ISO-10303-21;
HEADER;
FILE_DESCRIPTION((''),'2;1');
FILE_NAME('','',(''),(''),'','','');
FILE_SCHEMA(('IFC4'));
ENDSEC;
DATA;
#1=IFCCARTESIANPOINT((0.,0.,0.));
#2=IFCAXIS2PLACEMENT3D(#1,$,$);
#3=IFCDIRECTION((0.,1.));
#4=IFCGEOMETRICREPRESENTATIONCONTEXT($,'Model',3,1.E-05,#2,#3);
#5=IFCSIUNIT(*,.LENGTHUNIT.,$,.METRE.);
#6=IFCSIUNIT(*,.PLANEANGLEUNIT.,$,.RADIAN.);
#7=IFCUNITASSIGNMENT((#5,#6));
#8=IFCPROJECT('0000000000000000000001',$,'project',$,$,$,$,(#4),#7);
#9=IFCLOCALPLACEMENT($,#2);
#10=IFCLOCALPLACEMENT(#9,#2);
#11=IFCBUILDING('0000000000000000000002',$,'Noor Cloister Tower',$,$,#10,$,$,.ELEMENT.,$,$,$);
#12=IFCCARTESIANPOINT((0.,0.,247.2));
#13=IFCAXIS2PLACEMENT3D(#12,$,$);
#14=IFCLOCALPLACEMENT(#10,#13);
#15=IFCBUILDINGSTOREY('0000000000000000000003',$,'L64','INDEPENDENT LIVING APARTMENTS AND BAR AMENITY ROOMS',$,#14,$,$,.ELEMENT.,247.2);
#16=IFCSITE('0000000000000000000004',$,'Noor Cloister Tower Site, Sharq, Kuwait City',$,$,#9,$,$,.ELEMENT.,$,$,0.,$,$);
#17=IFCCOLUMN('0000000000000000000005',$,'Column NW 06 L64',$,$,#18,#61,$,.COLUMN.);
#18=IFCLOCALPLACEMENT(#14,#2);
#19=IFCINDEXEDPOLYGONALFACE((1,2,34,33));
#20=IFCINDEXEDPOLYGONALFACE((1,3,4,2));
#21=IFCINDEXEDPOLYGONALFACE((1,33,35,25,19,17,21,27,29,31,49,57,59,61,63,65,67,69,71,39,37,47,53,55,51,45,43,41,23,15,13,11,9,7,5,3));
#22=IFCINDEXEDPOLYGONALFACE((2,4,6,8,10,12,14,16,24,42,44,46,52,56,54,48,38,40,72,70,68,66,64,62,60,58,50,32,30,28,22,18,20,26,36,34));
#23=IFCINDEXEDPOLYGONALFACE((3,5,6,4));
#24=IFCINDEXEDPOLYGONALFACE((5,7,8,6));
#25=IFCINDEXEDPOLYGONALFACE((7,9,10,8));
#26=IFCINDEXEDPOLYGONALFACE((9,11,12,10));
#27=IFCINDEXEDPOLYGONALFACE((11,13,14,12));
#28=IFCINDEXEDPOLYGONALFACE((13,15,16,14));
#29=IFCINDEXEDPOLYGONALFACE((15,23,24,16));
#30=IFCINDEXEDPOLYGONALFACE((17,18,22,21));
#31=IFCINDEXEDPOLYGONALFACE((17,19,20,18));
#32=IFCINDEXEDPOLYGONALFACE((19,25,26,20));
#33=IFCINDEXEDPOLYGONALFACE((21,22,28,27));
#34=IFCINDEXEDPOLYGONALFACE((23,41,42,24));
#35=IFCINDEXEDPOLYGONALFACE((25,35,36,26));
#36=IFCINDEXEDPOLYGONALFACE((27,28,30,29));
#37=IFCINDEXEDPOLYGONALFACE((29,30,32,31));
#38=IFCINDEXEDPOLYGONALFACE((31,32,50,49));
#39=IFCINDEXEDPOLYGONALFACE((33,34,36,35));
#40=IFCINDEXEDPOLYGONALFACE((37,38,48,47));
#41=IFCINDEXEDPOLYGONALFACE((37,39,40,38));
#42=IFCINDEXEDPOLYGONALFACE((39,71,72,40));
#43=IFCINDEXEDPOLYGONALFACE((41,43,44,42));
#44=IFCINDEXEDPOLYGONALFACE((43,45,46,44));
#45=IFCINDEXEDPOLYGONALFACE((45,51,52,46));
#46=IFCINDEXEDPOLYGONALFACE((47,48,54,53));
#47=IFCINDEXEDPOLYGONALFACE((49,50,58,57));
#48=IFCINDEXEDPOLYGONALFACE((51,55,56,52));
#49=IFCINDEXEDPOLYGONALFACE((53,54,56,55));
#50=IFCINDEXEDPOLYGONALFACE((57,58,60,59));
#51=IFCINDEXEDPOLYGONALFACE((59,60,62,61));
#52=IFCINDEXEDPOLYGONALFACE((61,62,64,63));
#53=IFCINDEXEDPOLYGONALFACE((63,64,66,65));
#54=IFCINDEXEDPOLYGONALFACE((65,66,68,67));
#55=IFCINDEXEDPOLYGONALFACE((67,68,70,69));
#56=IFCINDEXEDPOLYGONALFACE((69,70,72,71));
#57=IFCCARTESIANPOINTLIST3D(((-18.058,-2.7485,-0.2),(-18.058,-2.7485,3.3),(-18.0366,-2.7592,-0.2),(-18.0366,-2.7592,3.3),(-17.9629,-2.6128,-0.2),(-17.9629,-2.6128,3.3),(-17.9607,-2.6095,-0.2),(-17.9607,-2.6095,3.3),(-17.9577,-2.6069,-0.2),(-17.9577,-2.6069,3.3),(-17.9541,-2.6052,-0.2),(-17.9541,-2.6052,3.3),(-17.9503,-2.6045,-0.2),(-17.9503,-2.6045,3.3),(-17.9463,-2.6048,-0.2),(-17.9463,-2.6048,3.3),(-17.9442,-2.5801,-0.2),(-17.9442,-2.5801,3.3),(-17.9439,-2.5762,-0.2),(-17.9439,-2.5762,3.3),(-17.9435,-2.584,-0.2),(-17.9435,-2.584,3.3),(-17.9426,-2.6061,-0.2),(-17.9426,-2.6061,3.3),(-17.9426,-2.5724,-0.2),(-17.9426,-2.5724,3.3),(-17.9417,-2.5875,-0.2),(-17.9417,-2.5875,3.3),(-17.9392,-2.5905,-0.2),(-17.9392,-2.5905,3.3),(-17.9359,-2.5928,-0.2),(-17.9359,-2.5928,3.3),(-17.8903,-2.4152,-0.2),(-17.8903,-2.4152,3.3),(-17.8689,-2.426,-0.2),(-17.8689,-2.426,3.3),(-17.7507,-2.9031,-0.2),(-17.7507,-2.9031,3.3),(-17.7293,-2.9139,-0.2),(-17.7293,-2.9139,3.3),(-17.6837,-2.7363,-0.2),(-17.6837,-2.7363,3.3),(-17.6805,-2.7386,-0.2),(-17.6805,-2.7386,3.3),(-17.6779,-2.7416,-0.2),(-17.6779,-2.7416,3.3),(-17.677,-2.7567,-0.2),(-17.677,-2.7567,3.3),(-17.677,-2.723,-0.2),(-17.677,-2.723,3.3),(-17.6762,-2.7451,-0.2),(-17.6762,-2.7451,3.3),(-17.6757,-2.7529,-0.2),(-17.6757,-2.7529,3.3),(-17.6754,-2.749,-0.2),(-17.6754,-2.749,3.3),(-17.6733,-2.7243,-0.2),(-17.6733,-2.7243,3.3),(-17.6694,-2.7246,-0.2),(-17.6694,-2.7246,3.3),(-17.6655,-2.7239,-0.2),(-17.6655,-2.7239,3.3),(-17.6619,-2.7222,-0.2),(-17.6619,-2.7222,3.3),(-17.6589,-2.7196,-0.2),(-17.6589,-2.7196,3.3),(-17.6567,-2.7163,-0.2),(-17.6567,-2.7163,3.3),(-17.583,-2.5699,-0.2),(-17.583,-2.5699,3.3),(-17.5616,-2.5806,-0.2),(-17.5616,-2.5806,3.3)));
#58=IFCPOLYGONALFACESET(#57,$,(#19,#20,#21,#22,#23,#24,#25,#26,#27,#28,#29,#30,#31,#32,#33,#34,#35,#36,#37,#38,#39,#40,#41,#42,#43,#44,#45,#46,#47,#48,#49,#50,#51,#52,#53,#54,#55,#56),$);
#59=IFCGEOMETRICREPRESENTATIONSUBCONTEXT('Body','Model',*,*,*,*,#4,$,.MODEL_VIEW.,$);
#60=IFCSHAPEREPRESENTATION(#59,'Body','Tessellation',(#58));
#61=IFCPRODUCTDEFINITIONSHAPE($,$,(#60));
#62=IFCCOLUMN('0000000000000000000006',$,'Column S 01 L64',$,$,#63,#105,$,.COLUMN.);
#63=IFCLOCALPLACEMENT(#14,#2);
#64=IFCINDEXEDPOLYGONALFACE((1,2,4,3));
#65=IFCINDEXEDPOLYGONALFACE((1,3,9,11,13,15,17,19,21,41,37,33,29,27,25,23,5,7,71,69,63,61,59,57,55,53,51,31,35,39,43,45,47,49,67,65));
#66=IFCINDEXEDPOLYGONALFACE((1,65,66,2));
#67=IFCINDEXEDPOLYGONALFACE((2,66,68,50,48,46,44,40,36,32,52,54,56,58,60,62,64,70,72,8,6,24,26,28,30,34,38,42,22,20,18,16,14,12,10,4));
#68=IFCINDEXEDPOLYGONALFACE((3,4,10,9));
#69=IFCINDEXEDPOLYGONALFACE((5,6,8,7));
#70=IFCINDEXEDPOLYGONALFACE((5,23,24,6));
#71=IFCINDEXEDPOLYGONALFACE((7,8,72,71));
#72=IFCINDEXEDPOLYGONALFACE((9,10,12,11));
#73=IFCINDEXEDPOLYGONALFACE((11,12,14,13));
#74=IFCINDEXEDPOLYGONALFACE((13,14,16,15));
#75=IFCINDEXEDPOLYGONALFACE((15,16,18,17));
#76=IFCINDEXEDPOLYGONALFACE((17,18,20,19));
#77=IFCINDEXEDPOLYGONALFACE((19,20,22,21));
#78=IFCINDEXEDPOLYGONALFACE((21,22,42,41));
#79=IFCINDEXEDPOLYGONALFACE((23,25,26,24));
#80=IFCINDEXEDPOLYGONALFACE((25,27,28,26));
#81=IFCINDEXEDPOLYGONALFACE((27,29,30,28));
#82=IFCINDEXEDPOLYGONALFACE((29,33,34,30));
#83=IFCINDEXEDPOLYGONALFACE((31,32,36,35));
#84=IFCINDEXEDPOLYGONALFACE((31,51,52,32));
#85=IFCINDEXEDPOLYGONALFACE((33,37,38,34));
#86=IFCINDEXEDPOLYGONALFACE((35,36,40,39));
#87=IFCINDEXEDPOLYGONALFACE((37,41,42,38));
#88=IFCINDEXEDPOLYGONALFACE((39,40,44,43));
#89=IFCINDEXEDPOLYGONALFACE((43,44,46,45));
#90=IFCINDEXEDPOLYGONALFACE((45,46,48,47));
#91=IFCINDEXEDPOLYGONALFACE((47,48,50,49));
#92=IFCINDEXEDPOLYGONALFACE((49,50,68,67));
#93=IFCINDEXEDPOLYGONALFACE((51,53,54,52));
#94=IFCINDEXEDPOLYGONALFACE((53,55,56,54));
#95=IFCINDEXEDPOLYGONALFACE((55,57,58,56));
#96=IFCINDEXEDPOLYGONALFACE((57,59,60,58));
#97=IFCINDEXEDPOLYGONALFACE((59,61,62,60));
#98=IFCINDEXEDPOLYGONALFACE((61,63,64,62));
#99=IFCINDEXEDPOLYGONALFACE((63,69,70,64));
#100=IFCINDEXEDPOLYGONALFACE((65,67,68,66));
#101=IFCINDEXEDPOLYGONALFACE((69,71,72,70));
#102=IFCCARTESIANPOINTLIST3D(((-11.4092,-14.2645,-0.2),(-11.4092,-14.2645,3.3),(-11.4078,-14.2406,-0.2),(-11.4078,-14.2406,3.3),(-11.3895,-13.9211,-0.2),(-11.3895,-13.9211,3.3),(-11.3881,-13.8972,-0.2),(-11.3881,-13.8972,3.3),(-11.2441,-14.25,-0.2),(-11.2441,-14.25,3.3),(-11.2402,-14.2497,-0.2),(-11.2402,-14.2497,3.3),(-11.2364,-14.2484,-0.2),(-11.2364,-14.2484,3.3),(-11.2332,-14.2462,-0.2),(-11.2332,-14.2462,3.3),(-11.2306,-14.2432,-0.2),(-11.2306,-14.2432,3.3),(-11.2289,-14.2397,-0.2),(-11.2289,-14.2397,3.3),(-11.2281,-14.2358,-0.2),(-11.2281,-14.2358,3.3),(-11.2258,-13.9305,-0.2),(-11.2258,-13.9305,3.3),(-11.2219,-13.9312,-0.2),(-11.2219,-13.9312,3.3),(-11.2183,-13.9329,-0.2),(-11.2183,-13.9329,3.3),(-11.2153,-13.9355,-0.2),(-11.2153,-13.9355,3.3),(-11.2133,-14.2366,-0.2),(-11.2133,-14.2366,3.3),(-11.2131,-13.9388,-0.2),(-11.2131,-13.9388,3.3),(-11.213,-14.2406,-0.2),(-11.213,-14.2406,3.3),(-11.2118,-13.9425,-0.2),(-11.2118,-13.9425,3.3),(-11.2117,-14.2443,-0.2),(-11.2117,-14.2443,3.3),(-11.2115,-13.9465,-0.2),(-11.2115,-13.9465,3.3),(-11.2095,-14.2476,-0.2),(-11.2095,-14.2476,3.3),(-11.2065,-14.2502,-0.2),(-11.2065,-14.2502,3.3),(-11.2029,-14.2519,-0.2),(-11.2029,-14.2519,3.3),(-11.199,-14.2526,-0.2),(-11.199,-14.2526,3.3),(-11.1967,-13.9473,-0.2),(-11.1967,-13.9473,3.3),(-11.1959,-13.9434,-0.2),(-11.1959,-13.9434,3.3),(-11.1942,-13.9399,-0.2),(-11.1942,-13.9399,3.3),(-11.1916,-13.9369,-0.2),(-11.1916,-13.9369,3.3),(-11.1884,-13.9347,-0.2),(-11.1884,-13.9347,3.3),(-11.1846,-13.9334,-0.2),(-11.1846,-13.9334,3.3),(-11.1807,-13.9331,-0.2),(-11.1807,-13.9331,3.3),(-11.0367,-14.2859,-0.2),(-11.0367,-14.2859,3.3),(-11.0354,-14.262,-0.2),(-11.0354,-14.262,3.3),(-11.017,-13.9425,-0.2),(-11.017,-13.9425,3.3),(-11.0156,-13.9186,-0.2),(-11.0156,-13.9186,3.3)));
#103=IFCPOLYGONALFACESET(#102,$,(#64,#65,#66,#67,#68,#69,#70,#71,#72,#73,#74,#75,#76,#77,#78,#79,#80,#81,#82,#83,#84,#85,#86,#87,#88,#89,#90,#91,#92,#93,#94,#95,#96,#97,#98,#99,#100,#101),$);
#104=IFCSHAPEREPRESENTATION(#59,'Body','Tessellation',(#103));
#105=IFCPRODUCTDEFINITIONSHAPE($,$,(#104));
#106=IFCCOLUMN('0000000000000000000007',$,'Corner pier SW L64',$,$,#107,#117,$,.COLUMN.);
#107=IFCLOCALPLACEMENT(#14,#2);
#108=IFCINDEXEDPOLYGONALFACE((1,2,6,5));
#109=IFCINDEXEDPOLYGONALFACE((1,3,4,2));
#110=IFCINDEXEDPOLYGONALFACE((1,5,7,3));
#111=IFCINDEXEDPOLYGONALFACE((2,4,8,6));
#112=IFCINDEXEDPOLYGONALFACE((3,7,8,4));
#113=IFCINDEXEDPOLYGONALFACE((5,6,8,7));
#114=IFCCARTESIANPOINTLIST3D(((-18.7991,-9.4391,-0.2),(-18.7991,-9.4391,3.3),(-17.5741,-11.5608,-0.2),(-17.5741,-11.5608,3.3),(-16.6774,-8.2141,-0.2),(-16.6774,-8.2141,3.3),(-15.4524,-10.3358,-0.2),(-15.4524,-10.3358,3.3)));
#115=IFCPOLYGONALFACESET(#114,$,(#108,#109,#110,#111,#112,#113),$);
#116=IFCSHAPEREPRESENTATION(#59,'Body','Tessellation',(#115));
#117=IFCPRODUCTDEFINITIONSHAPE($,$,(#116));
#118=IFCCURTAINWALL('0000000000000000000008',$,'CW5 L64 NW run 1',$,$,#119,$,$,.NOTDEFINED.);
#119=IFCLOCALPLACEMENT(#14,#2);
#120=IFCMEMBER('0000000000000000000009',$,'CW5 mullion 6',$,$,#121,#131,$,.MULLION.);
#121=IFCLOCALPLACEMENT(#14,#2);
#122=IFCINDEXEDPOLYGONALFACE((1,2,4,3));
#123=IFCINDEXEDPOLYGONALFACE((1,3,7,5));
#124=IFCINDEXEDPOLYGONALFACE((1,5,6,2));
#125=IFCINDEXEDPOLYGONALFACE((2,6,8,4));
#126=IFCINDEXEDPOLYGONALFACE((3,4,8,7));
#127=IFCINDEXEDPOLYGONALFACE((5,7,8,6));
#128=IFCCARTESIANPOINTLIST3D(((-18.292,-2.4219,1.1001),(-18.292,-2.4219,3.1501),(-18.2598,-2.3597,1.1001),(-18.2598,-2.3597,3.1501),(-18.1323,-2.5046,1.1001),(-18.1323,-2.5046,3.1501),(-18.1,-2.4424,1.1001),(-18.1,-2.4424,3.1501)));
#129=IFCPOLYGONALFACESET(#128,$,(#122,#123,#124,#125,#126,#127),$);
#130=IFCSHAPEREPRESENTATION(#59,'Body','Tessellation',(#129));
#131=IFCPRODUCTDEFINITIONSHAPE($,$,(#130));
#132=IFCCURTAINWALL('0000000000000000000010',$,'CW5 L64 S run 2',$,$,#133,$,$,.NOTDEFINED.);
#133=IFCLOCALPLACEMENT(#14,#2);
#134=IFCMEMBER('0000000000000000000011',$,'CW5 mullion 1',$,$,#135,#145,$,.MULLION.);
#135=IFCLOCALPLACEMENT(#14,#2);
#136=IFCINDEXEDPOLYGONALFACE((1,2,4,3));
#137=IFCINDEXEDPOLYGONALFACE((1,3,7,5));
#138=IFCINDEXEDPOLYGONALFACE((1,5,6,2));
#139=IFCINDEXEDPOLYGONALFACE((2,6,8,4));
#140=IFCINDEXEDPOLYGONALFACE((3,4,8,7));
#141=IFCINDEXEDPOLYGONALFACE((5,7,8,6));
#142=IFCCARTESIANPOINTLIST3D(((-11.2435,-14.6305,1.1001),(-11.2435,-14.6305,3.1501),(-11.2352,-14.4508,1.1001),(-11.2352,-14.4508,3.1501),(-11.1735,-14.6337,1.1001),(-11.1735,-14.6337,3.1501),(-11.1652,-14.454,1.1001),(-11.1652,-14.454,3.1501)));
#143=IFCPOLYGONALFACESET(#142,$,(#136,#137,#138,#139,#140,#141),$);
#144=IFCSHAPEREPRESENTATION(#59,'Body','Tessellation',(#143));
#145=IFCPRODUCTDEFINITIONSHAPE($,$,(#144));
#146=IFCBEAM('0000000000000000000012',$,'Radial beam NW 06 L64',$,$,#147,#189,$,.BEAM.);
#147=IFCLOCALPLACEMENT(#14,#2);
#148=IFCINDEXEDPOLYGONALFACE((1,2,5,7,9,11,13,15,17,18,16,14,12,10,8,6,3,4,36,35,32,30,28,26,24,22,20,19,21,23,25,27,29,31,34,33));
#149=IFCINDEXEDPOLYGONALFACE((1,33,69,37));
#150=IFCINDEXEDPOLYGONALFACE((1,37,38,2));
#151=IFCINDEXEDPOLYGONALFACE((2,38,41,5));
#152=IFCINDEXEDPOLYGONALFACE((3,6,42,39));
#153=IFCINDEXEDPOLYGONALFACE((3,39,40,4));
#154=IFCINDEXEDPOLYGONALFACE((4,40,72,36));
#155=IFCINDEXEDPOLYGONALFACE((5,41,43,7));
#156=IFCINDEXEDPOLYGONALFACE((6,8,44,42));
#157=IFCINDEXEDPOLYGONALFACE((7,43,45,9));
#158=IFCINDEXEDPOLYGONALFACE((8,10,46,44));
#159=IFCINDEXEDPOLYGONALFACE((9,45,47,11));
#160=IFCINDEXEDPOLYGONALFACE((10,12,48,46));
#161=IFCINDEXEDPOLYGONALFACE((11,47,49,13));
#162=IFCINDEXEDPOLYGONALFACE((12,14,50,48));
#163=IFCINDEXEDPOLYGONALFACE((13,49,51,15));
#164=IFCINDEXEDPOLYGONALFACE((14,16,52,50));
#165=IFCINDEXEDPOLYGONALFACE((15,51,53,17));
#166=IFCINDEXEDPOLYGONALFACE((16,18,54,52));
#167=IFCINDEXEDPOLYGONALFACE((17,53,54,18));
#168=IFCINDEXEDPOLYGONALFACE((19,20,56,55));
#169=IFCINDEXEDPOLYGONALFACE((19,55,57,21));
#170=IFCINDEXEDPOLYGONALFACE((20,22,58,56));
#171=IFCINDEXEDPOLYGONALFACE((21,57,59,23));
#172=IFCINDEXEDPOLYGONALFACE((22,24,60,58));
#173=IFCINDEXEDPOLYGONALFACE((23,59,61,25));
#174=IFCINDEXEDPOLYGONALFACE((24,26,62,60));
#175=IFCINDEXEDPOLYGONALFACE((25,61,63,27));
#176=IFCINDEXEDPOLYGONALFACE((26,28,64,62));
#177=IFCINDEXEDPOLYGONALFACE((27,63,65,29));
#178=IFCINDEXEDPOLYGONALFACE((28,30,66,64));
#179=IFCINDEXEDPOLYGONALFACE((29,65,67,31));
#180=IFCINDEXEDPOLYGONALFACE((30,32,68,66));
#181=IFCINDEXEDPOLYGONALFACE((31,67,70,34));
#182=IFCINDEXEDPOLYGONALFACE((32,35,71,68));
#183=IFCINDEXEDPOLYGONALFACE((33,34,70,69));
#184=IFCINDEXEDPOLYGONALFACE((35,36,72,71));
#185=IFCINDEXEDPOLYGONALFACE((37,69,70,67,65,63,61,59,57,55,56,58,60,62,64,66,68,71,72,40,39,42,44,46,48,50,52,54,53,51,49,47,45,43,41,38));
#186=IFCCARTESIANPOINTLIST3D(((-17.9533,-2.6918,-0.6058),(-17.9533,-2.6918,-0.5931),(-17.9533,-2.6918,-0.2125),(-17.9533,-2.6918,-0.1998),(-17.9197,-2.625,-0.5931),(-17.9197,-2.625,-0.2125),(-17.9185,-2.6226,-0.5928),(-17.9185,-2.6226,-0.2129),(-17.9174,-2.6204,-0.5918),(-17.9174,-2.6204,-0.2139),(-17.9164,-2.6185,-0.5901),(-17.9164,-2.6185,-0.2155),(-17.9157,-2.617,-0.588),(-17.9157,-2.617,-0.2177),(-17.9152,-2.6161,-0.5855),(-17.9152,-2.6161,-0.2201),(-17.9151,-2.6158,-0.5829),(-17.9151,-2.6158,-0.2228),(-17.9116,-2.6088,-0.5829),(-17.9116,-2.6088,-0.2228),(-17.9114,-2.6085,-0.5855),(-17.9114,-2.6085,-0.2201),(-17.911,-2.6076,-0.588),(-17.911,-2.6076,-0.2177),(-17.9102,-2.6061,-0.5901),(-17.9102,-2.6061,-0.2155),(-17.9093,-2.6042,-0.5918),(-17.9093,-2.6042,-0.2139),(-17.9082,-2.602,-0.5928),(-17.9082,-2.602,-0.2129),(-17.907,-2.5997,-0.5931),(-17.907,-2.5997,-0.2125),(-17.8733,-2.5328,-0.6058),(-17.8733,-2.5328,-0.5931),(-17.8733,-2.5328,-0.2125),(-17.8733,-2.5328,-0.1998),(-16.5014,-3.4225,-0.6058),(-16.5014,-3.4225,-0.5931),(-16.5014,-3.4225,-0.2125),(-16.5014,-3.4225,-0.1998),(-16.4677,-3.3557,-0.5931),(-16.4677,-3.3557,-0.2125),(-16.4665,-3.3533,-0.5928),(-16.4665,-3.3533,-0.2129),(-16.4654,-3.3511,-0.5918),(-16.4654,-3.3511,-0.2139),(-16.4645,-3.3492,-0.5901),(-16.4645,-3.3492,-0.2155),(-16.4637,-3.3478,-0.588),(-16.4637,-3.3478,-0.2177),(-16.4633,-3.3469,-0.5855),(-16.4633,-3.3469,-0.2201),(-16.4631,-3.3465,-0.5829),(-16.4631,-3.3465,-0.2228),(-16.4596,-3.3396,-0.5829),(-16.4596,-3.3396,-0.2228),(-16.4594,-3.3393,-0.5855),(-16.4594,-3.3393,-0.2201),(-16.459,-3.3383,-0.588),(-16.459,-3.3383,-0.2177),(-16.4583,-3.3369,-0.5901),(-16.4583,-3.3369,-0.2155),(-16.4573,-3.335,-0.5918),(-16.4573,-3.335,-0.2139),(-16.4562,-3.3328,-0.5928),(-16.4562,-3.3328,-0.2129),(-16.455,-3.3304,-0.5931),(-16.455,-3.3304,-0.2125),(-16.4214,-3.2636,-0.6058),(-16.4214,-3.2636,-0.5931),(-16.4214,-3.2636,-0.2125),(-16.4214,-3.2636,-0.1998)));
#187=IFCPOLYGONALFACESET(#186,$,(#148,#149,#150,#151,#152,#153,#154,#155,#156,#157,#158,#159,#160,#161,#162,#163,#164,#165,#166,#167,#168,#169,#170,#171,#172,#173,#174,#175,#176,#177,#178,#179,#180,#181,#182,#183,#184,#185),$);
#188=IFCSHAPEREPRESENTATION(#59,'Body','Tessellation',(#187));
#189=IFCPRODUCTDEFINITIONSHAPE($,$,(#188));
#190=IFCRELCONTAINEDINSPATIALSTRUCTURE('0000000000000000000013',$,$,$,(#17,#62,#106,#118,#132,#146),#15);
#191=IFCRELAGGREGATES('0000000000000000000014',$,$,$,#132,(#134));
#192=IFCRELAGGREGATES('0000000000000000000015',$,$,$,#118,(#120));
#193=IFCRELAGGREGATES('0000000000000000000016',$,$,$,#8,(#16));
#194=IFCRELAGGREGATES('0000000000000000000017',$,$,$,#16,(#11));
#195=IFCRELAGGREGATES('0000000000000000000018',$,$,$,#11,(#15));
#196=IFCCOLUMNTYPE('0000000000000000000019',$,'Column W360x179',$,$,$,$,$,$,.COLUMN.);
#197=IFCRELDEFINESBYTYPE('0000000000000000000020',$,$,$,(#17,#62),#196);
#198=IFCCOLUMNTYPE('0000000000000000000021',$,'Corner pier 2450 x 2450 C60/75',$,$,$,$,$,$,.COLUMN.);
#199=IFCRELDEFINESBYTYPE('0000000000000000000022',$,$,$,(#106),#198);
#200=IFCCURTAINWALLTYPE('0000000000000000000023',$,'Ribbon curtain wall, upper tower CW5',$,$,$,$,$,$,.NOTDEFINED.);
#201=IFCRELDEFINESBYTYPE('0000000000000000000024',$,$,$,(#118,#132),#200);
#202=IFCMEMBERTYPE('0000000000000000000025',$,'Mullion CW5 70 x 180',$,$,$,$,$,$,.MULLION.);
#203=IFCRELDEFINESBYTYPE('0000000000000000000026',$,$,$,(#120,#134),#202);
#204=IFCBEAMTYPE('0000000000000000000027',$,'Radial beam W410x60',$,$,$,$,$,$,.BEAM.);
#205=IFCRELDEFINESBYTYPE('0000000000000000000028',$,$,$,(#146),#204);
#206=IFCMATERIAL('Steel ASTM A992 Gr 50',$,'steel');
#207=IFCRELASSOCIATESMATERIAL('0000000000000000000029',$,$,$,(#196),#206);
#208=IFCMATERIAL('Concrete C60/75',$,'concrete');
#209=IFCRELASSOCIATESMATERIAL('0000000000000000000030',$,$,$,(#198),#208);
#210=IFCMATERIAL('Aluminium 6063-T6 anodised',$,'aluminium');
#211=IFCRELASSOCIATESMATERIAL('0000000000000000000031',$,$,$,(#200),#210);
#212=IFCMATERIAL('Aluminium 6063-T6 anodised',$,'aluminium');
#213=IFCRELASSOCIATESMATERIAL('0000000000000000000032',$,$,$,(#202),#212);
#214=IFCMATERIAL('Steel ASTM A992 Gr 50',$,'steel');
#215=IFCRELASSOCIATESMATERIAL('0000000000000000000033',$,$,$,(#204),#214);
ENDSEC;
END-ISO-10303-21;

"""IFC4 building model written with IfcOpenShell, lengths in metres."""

from ifc_helpers import new_model, si_unit, direction, frame, origin, origin_2d, place, context, subcontext, project, spatial, rectangle, i_section, extrude, material, material_profile, profile_set, type_object, element, aggregate, save


model = new_model("IFC4")

# Units and contexts
model_context = context("Model", 3, precision=1e-05, world=origin(), true_north=direction((0.0, 1.0)))
body_context = subcontext(model_context, "Body", "Model", "MODEL_VIEW")
ifc_project = project(units=[si_unit("LENGTHUNIT", "METRE"), si_unit("PLANEANGLEUNIT", "RADIAN")], contexts=[model_context])

# Site, building, storey
site_placement = place(None, origin())
site = spatial("IfcSite", under=ifc_project, at=site_placement, Name="Noor Cloister Tower Site, Sharq, Kuwait City", CompositionType="ELEMENT", RefElevation=0.0)
building_placement = place(site_placement, origin())
building = spatial("IfcBuilding", under=site, at=building_placement, Name="Noor Cloister Tower", CompositionType="ELEMENT")
storey_placement = place(building_placement, frame((0.0, 0.0, 247.2)))
storey = spatial("IfcBuildingStorey", under=building, at=storey_placement, Name="L64", Description="INDEPENDENT LIVING APARTMENTS AND BAR AMENITY ROOMS", CompositionType="ELEMENT", Elevation=247.2)

# Columns
ifc_material_1 = material(Name="Steel ASTM A992 Gr 50", Category="steel")
ifc_material_profile_1 = material_profile(ifc_material_1, i_section(OverallWidth=0.373, OverallDepth=0.3679, WebThickness=0.0149, FlangeThickness=0.0239, FilletRadius=0.0151, at=origin_2d()), Name="W360x179")
ifc_profile_set_1 = profile_set([ifc_material_profile_1], Name="Steel ASTM A992 Gr 50")
column_type_1 = type_object("IfcColumnType", Name="Column W360x179", PredefinedType="COLUMN", material=ifc_profile_set_1)
for number, where, z_axis, x_axis, name in (
    (1, (-17.8098, -2.6646, -0.2), (0.0, 0.0, 1.0), (-0.449568, -0.893246, 0.0), "Column NW 06 L64"),
    (2, (-11.2124, -14.0916, -0.2), (0.0, 0.0, 1.0), (0.998358, -0.057286, 0.0), "Column S 01 L64"),
):
    element("IfcColumn", number, at=place(storey_placement, frame(where, z_axis=z_axis, x_axis=x_axis)), inside=storey, type_object=column_type_1, Name=name, PredefinedType="COLUMN", context=body_context, shape_type="SweptSolid", body=[
        extrude(i_section(OverallWidth=0.373, OverallDepth=0.3679, WebThickness=0.0149, FlangeThickness=0.0239, FilletRadius=0.0151, at=origin_2d()), origin(), (0.0, 0.0, 1.0), 3.5),
    ])
ifc_material_2 = material(Name="Concrete C60/75", Category="concrete")
ifc_material_profile_2 = material_profile(ifc_material_2, rectangle(XDim=2.45, YDim=2.45, at=origin_2d()), Name="RC 2450x2450")
ifc_profile_set_2 = profile_set([ifc_material_profile_2], Name="Concrete C60/75")
column_type_2 = type_object("IfcColumnType", Name="Corner pier 2450 x 2450 C60/75", PredefinedType="COLUMN", material=ifc_profile_set_2)
column_placement = place(storey_placement, frame((-17.1257, -9.8875, -0.2), z_axis=(0.0, 0.0, 1.0), x_axis=(-0.866025, -0.5, 0.0)))
element("IfcColumn", 3, at=column_placement, inside=storey, type_object=column_type_2, Name="Corner pier SW L64", PredefinedType="COLUMN", context=body_context, shape_type="SweptSolid", body=[
    extrude(rectangle(XDim=2.45, YDim=2.45, at=origin_2d()), origin(), (0.0, 0.0, 1.0), 3.5),
])

# Curtain walls, members
ifc_material_3 = material(Name="Aluminium 6063-T6 anodised", Category="aluminium")
curtain_wall_type = type_object("IfcCurtainWallType", Name="Ribbon curtain wall, upper tower CW5", PredefinedType="NOTDEFINED", material=ifc_material_3)
curtain_wall_1_placement = place(storey_placement, origin())
curtain_wall_1 = element("IfcCurtainWall", 4, at=curtain_wall_1_placement, inside=storey, type_object=curtain_wall_type, Name="CW5 L64 NW run 1", PredefinedType="NOTDEFINED")
ifc_material_4 = material(Name="Aluminium 6063-T6 anodised", Category="aluminium")
ifc_material_profile_3 = material_profile(ifc_material_4, rectangle(XDim=0.1799, YDim=0.0701, at=origin_2d()), Name="180 x 70 mullion")
ifc_profile_set_3 = profile_set([ifc_material_profile_3], Name="Aluminium 6063-T6 anodised")
member_type = type_object("IfcMemberType", Name="Mullion CW5 70 x 180", PredefinedType="MULLION", material=ifc_profile_set_3)
member_1_placement = place(storey_placement, frame((-18.196, -2.4321, 1.1001), z_axis=(0.0, 0.0, 1.0), x_axis=(0.888034, -0.459778, 0.0)))
member_1 = element("IfcMember", 5, at=member_1_placement, type_object=member_type, Name="CW5 mullion 6", PredefinedType="MULLION", context=body_context, shape_type="SweptSolid", body=[
    extrude(rectangle(XDim=0.1799, YDim=0.0701, at=origin_2d()), origin(), (0.0, 0.0, 1.0), 2.05),
])
curtain_wall_2_placement = place(storey_placement, origin())
curtain_wall_2 = element("IfcCurtainWall", 6, at=curtain_wall_2_placement, inside=storey, type_object=curtain_wall_type, Name="CW5 L64 S run 2", PredefinedType="NOTDEFINED")
member_2_placement = place(storey_placement, frame((-11.2043, -14.5422, 1.1001), z_axis=(0.0, 0.0, 1.0), x_axis=(0.045838, 0.998949, 0.0)))
member_2 = element("IfcMember", 7, at=member_2_placement, type_object=member_type, Name="CW5 mullion 1", PredefinedType="MULLION", context=body_context, shape_type="SweptSolid", body=[
    extrude(rectangle(XDim=0.1799, YDim=0.0701, at=origin_2d()), origin(), (0.0, 0.0, 1.0), 2.05),
])
aggregate(curtain_wall_2, [member_2])

# Beam
ifc_material_5 = material(Name="Steel ASTM A992 Gr 50", Category="steel")
ifc_material_profile_4 = material_profile(ifc_material_5, i_section(OverallWidth=0.178, OverallDepth=0.406, WebThickness=0.0078, FlangeThickness=0.0127, FilletRadius=0.0103, at=origin_2d()), Name="W410x60")
ifc_profile_set_4 = profile_set([ifc_material_profile_4], Name="Steel ASTM A992 Gr 50")
beam_type_1 = type_object("IfcBeamType", Name="Radial beam W410x60", PredefinedType="BEAM", material=ifc_profile_set_4)
beam_1_placement = place(storey_placement, frame((-17.9133, -2.6123, -0.4028), z_axis=(0.893253, -0.449555, 0.0), x_axis=(0.449555, 0.893253, 0.0)))
element("IfcBeam", 8, at=beam_1_placement, inside=storey, type_object=beam_type_1, Name="Radial beam NW 06 L64", PredefinedType="BEAM", context=body_context, shape_type="SweptSolid", body=[
    extrude(i_section(OverallWidth=0.178, OverallDepth=0.406, WebThickness=0.0078, FlangeThickness=0.0127, FilletRadius=0.0103, at=origin_2d()), origin(), (0.0, 0.0, 1.0), 1.6255),
])

aggregate(curtain_wall_1, [member_1])

save(model, "model.ifc")
